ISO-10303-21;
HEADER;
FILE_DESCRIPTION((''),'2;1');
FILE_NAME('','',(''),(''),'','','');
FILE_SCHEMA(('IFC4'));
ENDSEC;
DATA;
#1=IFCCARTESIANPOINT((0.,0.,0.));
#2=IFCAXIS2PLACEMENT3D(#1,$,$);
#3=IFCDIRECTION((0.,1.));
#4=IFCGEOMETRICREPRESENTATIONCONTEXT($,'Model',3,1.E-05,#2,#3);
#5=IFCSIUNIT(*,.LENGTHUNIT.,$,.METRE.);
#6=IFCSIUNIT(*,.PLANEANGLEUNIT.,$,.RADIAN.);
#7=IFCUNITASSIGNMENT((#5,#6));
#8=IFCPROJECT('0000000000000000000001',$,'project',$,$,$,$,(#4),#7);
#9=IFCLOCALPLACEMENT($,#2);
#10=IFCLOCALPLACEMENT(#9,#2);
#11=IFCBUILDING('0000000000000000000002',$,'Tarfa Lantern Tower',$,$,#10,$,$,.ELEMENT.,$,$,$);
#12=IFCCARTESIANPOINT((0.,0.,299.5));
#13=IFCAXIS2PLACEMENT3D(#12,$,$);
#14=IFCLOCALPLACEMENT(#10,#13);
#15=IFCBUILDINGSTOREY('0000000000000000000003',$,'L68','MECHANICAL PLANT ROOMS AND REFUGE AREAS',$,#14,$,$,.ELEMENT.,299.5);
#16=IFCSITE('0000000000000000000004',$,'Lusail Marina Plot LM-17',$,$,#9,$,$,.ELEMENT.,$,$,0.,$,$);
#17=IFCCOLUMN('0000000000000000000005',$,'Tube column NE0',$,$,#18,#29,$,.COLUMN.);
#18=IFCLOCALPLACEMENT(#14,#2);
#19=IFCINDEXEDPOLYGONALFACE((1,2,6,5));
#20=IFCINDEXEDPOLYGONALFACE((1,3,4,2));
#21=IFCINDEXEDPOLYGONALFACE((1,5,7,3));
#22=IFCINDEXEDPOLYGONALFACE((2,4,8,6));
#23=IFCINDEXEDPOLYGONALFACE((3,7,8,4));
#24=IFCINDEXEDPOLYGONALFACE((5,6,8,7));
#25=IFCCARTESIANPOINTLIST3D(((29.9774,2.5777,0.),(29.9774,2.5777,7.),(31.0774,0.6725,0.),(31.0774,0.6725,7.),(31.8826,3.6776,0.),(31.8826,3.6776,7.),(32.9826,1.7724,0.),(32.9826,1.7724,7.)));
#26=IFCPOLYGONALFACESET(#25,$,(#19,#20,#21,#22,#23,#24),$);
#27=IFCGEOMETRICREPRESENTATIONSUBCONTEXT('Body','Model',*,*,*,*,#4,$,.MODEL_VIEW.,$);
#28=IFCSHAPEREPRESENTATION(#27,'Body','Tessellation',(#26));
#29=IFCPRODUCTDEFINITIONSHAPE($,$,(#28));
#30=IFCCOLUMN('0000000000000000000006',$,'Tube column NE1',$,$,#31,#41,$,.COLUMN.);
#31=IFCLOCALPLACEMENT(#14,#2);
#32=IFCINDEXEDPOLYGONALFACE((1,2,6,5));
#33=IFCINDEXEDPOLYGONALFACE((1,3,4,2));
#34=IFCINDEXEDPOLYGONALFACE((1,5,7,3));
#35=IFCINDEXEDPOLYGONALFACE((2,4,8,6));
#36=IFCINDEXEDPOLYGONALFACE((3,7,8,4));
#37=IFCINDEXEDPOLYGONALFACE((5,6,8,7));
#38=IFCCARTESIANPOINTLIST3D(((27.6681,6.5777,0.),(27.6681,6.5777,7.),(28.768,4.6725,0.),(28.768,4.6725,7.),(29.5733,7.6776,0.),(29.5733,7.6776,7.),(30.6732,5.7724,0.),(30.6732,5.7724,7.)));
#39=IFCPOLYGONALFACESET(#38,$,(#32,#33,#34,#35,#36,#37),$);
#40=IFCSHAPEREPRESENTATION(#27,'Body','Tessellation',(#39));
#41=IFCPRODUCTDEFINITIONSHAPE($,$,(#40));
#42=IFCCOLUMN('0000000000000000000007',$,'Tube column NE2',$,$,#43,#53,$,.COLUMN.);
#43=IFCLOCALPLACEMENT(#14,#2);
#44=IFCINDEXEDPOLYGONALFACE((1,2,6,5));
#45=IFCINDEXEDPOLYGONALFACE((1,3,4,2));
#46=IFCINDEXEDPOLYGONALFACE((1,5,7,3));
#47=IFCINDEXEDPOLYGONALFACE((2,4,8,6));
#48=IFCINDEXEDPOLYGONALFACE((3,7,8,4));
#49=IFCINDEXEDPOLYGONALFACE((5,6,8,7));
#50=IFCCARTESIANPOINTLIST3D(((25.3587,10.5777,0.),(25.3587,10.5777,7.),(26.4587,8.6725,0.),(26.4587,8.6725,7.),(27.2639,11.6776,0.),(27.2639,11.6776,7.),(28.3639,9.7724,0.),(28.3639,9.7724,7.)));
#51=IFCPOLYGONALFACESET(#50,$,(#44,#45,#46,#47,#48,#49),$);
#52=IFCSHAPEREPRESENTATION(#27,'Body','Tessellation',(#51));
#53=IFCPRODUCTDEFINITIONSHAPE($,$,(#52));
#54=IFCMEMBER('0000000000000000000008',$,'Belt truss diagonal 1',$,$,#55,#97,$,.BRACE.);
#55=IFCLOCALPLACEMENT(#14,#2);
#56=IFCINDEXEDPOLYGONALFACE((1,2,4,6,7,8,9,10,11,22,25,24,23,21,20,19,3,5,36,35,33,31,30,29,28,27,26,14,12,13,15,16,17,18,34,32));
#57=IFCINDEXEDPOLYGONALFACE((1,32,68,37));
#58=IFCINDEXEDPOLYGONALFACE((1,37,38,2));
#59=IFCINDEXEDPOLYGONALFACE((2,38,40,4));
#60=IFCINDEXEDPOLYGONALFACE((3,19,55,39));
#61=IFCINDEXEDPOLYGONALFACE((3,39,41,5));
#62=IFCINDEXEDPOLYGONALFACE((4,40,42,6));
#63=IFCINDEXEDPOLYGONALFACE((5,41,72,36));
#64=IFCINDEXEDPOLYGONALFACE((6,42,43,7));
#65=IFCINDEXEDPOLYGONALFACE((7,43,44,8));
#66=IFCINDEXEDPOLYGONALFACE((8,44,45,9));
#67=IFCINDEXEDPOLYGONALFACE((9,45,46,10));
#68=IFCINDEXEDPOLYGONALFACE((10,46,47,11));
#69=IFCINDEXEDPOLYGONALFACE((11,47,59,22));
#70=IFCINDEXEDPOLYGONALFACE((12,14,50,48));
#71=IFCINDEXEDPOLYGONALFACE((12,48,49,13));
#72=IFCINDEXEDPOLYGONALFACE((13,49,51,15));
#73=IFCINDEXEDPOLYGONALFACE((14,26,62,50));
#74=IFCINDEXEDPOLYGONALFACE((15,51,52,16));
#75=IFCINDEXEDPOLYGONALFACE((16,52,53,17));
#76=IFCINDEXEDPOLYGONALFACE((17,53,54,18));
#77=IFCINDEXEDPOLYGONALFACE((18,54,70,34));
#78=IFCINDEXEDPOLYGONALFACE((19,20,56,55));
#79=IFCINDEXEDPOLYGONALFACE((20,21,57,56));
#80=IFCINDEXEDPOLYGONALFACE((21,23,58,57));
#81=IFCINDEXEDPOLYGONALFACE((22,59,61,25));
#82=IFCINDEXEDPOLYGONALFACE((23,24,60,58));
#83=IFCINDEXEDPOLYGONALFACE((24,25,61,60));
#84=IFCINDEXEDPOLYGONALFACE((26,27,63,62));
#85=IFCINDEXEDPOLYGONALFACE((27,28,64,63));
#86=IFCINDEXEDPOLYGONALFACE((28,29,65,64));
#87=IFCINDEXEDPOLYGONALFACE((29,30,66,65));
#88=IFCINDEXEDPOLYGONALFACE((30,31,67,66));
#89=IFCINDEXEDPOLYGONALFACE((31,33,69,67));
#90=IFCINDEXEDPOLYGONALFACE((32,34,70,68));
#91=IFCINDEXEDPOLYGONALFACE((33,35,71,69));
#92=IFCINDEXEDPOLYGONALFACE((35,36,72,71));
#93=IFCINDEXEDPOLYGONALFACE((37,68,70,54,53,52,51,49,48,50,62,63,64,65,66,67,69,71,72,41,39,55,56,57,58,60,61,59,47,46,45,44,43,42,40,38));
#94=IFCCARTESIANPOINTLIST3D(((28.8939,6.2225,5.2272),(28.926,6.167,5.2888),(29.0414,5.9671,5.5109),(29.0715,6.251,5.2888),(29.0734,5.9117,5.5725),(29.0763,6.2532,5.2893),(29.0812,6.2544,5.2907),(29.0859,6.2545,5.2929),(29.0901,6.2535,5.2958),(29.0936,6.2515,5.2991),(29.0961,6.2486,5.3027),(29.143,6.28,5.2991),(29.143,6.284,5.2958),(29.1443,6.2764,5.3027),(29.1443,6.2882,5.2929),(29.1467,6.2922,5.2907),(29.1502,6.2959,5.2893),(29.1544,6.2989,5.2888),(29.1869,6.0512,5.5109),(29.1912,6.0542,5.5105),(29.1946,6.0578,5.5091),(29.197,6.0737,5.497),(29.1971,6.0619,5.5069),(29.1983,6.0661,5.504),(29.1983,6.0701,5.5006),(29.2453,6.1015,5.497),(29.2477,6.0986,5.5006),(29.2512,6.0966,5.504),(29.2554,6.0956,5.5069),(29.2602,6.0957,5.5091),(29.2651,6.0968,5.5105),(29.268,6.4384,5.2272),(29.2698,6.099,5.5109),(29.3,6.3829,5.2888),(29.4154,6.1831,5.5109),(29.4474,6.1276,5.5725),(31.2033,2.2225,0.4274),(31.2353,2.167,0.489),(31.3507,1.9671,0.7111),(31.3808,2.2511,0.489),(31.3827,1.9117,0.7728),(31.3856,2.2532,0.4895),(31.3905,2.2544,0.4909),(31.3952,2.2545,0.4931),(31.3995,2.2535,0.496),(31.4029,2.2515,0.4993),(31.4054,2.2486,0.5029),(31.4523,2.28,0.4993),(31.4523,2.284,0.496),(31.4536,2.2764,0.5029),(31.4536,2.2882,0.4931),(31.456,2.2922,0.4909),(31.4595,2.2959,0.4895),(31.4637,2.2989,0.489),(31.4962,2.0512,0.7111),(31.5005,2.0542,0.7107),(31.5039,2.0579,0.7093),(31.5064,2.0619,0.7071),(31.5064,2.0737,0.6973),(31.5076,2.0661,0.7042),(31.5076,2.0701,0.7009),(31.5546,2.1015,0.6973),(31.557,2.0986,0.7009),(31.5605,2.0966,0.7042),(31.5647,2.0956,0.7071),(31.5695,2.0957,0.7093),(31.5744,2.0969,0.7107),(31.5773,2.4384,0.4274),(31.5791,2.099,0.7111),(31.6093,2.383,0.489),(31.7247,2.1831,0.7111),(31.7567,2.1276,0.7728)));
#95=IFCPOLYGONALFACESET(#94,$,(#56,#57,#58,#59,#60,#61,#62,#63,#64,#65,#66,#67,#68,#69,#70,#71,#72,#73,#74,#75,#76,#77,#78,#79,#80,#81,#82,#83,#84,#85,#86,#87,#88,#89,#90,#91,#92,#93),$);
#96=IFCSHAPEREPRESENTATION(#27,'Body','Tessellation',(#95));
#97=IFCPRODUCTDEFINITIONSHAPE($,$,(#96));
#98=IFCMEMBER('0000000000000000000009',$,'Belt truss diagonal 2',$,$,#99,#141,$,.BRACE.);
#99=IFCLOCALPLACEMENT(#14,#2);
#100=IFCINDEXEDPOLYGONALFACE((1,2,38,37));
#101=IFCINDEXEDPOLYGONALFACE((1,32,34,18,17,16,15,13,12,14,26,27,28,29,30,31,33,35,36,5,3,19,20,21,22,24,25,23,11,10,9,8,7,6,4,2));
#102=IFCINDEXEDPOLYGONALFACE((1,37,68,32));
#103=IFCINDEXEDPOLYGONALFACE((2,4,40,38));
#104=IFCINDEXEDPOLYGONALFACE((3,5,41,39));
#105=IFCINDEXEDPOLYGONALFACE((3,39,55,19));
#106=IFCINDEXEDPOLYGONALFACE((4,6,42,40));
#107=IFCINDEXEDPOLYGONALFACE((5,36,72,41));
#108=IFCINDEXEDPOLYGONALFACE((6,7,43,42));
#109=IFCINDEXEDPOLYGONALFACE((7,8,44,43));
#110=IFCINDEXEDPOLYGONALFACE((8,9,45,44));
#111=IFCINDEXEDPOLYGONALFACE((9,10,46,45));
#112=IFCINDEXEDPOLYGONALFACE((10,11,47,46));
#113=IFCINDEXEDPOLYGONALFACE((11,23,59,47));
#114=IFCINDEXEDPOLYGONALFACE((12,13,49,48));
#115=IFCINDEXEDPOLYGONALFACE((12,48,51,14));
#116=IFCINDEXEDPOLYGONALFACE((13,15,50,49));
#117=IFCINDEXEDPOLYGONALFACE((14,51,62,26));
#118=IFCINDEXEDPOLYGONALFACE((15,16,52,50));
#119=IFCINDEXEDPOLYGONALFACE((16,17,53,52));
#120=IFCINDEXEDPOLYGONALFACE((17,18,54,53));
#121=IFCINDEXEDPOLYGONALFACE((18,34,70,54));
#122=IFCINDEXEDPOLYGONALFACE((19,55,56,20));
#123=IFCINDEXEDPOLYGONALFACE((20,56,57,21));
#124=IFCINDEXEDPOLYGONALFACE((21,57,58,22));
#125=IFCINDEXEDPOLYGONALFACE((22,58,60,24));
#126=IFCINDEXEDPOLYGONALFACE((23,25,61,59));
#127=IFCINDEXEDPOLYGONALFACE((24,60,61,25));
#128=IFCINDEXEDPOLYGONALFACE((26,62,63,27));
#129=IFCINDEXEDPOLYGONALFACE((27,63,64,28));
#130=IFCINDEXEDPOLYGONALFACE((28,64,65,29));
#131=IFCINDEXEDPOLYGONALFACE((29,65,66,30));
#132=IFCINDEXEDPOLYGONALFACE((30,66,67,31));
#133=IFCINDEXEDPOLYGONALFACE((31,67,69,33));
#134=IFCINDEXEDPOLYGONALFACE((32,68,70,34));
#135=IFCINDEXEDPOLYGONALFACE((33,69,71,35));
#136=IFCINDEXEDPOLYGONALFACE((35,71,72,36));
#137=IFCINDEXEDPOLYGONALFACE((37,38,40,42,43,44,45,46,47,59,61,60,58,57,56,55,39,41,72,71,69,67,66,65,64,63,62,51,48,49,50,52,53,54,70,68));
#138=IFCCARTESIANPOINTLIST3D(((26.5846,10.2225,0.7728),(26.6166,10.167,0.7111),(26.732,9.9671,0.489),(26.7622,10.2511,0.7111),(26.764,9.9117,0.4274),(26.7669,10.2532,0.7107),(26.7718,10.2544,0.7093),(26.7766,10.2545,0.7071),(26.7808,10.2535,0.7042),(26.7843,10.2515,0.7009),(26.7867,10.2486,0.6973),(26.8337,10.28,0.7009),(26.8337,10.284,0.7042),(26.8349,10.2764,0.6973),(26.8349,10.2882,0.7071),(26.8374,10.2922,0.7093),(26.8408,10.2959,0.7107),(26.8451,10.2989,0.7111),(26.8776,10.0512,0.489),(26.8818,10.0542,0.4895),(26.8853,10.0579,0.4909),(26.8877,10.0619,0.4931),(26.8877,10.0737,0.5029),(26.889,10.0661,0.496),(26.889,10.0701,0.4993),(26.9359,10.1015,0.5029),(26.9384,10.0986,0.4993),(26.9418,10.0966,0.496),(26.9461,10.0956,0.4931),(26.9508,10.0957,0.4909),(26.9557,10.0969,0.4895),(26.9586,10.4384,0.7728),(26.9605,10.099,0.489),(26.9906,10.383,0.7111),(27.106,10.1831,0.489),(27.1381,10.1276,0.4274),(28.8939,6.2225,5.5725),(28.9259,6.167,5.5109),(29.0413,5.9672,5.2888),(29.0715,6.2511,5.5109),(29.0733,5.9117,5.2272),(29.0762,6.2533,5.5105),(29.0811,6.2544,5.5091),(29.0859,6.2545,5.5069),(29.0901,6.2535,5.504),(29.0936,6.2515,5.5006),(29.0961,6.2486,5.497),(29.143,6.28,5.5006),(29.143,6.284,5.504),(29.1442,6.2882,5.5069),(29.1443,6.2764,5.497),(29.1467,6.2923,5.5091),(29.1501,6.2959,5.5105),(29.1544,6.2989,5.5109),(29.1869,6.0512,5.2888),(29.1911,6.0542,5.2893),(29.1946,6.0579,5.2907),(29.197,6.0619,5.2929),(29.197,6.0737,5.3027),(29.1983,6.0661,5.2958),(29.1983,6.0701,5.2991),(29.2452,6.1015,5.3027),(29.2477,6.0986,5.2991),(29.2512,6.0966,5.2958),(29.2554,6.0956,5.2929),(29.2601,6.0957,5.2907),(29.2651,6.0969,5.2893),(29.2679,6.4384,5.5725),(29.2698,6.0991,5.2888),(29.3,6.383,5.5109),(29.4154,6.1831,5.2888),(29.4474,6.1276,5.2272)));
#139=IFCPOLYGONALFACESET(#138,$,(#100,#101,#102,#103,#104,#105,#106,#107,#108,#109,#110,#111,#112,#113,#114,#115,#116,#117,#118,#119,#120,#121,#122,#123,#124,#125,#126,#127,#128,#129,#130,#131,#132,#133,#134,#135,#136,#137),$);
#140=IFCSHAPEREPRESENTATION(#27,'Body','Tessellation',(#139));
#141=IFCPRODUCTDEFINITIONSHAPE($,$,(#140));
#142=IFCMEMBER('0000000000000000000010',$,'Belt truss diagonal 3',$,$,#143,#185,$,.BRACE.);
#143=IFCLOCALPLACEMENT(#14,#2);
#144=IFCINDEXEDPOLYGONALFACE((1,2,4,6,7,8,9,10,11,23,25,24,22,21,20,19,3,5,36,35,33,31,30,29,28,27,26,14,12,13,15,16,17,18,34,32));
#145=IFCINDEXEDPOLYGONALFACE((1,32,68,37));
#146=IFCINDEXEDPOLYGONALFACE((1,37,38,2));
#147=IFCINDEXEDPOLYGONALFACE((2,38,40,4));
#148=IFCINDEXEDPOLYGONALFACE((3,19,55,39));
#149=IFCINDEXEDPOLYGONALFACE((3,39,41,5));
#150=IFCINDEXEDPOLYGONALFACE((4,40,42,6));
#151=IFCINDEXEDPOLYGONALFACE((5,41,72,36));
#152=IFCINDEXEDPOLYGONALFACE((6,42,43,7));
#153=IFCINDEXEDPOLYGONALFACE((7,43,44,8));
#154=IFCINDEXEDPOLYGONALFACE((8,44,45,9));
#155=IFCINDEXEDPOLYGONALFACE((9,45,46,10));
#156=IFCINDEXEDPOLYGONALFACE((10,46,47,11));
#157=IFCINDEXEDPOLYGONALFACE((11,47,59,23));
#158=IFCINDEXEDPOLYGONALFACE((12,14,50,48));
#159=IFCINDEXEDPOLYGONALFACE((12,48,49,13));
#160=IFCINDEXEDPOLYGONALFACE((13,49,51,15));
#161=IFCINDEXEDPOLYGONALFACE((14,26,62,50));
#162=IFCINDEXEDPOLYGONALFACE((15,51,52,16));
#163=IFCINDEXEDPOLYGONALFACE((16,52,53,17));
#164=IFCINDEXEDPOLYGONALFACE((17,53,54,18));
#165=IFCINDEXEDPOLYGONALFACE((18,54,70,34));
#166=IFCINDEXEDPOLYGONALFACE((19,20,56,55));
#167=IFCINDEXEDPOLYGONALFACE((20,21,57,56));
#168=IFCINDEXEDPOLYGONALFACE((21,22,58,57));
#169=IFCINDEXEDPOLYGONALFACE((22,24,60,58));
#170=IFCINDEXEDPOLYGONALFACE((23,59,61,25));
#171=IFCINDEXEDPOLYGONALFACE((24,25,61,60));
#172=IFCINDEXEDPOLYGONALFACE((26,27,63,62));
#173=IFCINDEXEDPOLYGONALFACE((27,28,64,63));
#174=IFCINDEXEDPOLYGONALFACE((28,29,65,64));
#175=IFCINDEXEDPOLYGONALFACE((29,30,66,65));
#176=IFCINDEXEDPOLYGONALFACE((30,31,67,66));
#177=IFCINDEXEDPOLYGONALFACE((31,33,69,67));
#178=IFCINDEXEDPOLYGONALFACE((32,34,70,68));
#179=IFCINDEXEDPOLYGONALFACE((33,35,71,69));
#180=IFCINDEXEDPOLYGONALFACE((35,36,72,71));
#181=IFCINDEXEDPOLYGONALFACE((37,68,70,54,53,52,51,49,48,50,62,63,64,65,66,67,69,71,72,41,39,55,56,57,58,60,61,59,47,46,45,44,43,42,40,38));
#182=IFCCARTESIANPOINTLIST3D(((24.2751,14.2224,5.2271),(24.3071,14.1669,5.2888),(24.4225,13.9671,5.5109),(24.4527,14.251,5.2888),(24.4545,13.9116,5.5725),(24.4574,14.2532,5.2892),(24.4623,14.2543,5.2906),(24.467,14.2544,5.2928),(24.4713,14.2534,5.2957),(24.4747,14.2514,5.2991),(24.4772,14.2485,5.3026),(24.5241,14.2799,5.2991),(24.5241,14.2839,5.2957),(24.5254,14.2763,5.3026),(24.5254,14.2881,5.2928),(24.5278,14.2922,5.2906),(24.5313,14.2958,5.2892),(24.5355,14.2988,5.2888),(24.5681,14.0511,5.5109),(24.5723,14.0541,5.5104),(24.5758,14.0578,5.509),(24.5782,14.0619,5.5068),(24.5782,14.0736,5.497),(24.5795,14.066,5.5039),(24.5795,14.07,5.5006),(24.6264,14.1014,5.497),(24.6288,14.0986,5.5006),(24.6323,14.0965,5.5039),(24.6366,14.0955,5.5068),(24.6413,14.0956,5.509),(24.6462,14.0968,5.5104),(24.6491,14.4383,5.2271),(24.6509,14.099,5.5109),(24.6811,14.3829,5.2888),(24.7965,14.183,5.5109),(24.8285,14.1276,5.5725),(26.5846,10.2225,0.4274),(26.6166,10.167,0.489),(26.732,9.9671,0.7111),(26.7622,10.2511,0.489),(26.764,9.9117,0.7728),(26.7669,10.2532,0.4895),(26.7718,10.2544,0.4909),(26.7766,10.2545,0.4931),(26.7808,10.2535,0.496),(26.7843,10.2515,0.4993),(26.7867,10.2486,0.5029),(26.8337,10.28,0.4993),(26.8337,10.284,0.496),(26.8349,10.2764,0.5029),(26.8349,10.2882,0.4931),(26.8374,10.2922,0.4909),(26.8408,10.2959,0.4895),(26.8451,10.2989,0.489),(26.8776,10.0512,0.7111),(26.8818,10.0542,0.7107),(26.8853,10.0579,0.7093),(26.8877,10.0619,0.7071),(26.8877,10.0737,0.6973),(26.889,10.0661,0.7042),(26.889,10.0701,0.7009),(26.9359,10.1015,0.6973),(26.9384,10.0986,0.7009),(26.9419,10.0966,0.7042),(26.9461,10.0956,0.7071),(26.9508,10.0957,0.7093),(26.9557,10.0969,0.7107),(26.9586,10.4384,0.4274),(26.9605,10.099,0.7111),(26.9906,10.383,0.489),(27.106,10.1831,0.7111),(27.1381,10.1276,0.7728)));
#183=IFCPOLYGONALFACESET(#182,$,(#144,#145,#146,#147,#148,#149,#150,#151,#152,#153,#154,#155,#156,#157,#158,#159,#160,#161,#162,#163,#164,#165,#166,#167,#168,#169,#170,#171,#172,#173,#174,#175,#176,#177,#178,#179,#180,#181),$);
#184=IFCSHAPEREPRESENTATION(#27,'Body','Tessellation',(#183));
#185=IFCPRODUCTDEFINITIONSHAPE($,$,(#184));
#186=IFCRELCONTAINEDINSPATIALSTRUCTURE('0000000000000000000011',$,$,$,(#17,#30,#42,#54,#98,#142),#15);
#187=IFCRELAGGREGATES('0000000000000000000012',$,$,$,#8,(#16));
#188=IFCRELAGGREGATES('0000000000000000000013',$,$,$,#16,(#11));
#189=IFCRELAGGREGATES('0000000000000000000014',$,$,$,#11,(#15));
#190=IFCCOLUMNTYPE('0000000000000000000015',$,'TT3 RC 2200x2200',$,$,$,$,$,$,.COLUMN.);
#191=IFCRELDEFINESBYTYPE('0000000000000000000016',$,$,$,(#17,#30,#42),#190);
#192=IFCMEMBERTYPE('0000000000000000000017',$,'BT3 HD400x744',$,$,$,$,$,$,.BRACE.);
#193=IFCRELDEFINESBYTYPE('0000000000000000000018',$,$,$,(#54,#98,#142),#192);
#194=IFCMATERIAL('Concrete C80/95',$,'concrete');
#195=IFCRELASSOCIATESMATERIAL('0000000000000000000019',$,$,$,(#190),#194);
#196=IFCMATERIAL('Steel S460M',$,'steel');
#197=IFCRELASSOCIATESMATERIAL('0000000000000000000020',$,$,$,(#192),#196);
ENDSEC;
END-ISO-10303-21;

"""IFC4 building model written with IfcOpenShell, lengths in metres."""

from ifc_helpers import new_model, si_unit, direction, frame, origin, origin_2d, place, context, subcontext, project, spatial, rectangle, i_section, extrude, material, material_profile, profile_set, type_object, element, save


model = new_model("IFC4")

# Units and contexts
model_context = context("Model", 3, precision=1e-05, world=origin(), true_north=direction((0.0, 1.0)))
body_context = subcontext(model_context, "Body", "Model", "MODEL_VIEW")
ifc_project = project(units=[si_unit("LENGTHUNIT", "METRE"), si_unit("PLANEANGLEUNIT", "RADIAN")], contexts=[model_context])

# Site, building, storey
site_placement = place(None, origin())
site = spatial("IfcSite", under=ifc_project, at=site_placement, Name="Lusail Marina Plot LM-17", CompositionType="ELEMENT", RefElevation=0.0)
building_placement = place(site_placement, origin())
building = spatial("IfcBuilding", under=site, at=building_placement, Name="Tarfa Lantern Tower", CompositionType="ELEMENT")
storey_placement = place(building_placement, frame((0.0, 0.0, 299.5)))
storey = spatial("IfcBuildingStorey", under=building, at=storey_placement, Name="L68", Description="MECHANICAL PLANT ROOMS AND REFUGE AREAS", CompositionType="ELEMENT", Elevation=299.5)

# Columns
ifc_material_1 = material(Name="Concrete C80/95", Category="concrete")
ifc_material_profile_1 = material_profile(ifc_material_1, rectangle(XDim=2.2, YDim=2.2, at=origin_2d()), Name="RC 2200x2200")
ifc_profile_set_1 = profile_set([ifc_material_profile_1], Name="Concrete C80/95")
column_type = type_object("IfcColumnType", Name="TT3 RC 2200x2200", PredefinedType="COLUMN", material=ifc_profile_set_1)
for number, where, z_axis, x_axis, name in (
    (1, (31.48, 2.175, 0.0), (0.0, 0.0, 1.0), (-0.5, 0.866025, 0.0), "Tube column NE0"),
    (2, (29.1707, 6.175, 0.0), (0.0, 0.0, 1.0), (-0.5, 0.866025, 0.0), "Tube column NE1"),
    (3, (26.8613, 10.175, 0.0), (0.0, 0.0, 1.0), (-0.5, 0.866025, 0.0), "Tube column NE2"),
):
    element("IfcColumn", number, at=place(storey_placement, frame(where, z_axis=z_axis, x_axis=x_axis)), inside=storey, type_object=column_type, Name=name, PredefinedType="COLUMN", context=body_context, shape_type="SweptSolid", body=[
        extrude(rectangle(XDim=2.2, YDim=2.2, at=origin_2d()), origin(), (0.0, 0.0, 1.0), 7.0),
    ])

# Members
ifc_material_2 = material(Name="Steel S460M", Category="steel")
ifc_material_profile_2 = material_profile(ifc_material_2, i_section(OverallWidth=0.4319, OverallDepth=0.498, WebThickness=0.0557, FlangeThickness=0.0889, FilletRadius=0.02, at=origin_2d()), Name="HD400x744")
ifc_profile_set_2 = profile_set([ifc_material_profile_2], Name="Steel S460M")
member_type_1 = type_object("IfcMemberType", Name="BT3 HD400x744", PredefinedType="BRACE", material=ifc_profile_set_2)
for number, where, z_axis, x_axis, name in (
    (4, (31.48, 2.175, 0.6001), (-0.346685, 0.600496, 0.720565), (-0.866032, -0.499988, 0.0), "Belt truss diagonal 1"),
    (5, (26.8613, 10.175, 0.6001), (0.346685, -0.600496, 0.720565), (0.866032, 0.499988, 0.0), "Belt truss diagonal 2"),
    (6, (26.8613, 10.175, 0.6001), (-0.346717, 0.600488, 0.720556), (-0.86601, -0.500027, 0.0), "Belt truss diagonal 3"),
):
    element("IfcMember", number, at=place(storey_placement, frame(where, z_axis=z_axis, x_axis=x_axis)), inside=storey, type_object=member_type_1, Name=name, PredefinedType="BRACE", context=body_context, shape_type="SweptSolid", body=[
        extrude(i_section(OverallWidth=0.4319, OverallDepth=0.498, WebThickness=0.0557, FlangeThickness=0.0889, FilletRadius=0.02, at=origin_2d()), origin(), (0.0, 0.0, 1.0), 6.6611),
    ])

save(model, "model.ifc")
